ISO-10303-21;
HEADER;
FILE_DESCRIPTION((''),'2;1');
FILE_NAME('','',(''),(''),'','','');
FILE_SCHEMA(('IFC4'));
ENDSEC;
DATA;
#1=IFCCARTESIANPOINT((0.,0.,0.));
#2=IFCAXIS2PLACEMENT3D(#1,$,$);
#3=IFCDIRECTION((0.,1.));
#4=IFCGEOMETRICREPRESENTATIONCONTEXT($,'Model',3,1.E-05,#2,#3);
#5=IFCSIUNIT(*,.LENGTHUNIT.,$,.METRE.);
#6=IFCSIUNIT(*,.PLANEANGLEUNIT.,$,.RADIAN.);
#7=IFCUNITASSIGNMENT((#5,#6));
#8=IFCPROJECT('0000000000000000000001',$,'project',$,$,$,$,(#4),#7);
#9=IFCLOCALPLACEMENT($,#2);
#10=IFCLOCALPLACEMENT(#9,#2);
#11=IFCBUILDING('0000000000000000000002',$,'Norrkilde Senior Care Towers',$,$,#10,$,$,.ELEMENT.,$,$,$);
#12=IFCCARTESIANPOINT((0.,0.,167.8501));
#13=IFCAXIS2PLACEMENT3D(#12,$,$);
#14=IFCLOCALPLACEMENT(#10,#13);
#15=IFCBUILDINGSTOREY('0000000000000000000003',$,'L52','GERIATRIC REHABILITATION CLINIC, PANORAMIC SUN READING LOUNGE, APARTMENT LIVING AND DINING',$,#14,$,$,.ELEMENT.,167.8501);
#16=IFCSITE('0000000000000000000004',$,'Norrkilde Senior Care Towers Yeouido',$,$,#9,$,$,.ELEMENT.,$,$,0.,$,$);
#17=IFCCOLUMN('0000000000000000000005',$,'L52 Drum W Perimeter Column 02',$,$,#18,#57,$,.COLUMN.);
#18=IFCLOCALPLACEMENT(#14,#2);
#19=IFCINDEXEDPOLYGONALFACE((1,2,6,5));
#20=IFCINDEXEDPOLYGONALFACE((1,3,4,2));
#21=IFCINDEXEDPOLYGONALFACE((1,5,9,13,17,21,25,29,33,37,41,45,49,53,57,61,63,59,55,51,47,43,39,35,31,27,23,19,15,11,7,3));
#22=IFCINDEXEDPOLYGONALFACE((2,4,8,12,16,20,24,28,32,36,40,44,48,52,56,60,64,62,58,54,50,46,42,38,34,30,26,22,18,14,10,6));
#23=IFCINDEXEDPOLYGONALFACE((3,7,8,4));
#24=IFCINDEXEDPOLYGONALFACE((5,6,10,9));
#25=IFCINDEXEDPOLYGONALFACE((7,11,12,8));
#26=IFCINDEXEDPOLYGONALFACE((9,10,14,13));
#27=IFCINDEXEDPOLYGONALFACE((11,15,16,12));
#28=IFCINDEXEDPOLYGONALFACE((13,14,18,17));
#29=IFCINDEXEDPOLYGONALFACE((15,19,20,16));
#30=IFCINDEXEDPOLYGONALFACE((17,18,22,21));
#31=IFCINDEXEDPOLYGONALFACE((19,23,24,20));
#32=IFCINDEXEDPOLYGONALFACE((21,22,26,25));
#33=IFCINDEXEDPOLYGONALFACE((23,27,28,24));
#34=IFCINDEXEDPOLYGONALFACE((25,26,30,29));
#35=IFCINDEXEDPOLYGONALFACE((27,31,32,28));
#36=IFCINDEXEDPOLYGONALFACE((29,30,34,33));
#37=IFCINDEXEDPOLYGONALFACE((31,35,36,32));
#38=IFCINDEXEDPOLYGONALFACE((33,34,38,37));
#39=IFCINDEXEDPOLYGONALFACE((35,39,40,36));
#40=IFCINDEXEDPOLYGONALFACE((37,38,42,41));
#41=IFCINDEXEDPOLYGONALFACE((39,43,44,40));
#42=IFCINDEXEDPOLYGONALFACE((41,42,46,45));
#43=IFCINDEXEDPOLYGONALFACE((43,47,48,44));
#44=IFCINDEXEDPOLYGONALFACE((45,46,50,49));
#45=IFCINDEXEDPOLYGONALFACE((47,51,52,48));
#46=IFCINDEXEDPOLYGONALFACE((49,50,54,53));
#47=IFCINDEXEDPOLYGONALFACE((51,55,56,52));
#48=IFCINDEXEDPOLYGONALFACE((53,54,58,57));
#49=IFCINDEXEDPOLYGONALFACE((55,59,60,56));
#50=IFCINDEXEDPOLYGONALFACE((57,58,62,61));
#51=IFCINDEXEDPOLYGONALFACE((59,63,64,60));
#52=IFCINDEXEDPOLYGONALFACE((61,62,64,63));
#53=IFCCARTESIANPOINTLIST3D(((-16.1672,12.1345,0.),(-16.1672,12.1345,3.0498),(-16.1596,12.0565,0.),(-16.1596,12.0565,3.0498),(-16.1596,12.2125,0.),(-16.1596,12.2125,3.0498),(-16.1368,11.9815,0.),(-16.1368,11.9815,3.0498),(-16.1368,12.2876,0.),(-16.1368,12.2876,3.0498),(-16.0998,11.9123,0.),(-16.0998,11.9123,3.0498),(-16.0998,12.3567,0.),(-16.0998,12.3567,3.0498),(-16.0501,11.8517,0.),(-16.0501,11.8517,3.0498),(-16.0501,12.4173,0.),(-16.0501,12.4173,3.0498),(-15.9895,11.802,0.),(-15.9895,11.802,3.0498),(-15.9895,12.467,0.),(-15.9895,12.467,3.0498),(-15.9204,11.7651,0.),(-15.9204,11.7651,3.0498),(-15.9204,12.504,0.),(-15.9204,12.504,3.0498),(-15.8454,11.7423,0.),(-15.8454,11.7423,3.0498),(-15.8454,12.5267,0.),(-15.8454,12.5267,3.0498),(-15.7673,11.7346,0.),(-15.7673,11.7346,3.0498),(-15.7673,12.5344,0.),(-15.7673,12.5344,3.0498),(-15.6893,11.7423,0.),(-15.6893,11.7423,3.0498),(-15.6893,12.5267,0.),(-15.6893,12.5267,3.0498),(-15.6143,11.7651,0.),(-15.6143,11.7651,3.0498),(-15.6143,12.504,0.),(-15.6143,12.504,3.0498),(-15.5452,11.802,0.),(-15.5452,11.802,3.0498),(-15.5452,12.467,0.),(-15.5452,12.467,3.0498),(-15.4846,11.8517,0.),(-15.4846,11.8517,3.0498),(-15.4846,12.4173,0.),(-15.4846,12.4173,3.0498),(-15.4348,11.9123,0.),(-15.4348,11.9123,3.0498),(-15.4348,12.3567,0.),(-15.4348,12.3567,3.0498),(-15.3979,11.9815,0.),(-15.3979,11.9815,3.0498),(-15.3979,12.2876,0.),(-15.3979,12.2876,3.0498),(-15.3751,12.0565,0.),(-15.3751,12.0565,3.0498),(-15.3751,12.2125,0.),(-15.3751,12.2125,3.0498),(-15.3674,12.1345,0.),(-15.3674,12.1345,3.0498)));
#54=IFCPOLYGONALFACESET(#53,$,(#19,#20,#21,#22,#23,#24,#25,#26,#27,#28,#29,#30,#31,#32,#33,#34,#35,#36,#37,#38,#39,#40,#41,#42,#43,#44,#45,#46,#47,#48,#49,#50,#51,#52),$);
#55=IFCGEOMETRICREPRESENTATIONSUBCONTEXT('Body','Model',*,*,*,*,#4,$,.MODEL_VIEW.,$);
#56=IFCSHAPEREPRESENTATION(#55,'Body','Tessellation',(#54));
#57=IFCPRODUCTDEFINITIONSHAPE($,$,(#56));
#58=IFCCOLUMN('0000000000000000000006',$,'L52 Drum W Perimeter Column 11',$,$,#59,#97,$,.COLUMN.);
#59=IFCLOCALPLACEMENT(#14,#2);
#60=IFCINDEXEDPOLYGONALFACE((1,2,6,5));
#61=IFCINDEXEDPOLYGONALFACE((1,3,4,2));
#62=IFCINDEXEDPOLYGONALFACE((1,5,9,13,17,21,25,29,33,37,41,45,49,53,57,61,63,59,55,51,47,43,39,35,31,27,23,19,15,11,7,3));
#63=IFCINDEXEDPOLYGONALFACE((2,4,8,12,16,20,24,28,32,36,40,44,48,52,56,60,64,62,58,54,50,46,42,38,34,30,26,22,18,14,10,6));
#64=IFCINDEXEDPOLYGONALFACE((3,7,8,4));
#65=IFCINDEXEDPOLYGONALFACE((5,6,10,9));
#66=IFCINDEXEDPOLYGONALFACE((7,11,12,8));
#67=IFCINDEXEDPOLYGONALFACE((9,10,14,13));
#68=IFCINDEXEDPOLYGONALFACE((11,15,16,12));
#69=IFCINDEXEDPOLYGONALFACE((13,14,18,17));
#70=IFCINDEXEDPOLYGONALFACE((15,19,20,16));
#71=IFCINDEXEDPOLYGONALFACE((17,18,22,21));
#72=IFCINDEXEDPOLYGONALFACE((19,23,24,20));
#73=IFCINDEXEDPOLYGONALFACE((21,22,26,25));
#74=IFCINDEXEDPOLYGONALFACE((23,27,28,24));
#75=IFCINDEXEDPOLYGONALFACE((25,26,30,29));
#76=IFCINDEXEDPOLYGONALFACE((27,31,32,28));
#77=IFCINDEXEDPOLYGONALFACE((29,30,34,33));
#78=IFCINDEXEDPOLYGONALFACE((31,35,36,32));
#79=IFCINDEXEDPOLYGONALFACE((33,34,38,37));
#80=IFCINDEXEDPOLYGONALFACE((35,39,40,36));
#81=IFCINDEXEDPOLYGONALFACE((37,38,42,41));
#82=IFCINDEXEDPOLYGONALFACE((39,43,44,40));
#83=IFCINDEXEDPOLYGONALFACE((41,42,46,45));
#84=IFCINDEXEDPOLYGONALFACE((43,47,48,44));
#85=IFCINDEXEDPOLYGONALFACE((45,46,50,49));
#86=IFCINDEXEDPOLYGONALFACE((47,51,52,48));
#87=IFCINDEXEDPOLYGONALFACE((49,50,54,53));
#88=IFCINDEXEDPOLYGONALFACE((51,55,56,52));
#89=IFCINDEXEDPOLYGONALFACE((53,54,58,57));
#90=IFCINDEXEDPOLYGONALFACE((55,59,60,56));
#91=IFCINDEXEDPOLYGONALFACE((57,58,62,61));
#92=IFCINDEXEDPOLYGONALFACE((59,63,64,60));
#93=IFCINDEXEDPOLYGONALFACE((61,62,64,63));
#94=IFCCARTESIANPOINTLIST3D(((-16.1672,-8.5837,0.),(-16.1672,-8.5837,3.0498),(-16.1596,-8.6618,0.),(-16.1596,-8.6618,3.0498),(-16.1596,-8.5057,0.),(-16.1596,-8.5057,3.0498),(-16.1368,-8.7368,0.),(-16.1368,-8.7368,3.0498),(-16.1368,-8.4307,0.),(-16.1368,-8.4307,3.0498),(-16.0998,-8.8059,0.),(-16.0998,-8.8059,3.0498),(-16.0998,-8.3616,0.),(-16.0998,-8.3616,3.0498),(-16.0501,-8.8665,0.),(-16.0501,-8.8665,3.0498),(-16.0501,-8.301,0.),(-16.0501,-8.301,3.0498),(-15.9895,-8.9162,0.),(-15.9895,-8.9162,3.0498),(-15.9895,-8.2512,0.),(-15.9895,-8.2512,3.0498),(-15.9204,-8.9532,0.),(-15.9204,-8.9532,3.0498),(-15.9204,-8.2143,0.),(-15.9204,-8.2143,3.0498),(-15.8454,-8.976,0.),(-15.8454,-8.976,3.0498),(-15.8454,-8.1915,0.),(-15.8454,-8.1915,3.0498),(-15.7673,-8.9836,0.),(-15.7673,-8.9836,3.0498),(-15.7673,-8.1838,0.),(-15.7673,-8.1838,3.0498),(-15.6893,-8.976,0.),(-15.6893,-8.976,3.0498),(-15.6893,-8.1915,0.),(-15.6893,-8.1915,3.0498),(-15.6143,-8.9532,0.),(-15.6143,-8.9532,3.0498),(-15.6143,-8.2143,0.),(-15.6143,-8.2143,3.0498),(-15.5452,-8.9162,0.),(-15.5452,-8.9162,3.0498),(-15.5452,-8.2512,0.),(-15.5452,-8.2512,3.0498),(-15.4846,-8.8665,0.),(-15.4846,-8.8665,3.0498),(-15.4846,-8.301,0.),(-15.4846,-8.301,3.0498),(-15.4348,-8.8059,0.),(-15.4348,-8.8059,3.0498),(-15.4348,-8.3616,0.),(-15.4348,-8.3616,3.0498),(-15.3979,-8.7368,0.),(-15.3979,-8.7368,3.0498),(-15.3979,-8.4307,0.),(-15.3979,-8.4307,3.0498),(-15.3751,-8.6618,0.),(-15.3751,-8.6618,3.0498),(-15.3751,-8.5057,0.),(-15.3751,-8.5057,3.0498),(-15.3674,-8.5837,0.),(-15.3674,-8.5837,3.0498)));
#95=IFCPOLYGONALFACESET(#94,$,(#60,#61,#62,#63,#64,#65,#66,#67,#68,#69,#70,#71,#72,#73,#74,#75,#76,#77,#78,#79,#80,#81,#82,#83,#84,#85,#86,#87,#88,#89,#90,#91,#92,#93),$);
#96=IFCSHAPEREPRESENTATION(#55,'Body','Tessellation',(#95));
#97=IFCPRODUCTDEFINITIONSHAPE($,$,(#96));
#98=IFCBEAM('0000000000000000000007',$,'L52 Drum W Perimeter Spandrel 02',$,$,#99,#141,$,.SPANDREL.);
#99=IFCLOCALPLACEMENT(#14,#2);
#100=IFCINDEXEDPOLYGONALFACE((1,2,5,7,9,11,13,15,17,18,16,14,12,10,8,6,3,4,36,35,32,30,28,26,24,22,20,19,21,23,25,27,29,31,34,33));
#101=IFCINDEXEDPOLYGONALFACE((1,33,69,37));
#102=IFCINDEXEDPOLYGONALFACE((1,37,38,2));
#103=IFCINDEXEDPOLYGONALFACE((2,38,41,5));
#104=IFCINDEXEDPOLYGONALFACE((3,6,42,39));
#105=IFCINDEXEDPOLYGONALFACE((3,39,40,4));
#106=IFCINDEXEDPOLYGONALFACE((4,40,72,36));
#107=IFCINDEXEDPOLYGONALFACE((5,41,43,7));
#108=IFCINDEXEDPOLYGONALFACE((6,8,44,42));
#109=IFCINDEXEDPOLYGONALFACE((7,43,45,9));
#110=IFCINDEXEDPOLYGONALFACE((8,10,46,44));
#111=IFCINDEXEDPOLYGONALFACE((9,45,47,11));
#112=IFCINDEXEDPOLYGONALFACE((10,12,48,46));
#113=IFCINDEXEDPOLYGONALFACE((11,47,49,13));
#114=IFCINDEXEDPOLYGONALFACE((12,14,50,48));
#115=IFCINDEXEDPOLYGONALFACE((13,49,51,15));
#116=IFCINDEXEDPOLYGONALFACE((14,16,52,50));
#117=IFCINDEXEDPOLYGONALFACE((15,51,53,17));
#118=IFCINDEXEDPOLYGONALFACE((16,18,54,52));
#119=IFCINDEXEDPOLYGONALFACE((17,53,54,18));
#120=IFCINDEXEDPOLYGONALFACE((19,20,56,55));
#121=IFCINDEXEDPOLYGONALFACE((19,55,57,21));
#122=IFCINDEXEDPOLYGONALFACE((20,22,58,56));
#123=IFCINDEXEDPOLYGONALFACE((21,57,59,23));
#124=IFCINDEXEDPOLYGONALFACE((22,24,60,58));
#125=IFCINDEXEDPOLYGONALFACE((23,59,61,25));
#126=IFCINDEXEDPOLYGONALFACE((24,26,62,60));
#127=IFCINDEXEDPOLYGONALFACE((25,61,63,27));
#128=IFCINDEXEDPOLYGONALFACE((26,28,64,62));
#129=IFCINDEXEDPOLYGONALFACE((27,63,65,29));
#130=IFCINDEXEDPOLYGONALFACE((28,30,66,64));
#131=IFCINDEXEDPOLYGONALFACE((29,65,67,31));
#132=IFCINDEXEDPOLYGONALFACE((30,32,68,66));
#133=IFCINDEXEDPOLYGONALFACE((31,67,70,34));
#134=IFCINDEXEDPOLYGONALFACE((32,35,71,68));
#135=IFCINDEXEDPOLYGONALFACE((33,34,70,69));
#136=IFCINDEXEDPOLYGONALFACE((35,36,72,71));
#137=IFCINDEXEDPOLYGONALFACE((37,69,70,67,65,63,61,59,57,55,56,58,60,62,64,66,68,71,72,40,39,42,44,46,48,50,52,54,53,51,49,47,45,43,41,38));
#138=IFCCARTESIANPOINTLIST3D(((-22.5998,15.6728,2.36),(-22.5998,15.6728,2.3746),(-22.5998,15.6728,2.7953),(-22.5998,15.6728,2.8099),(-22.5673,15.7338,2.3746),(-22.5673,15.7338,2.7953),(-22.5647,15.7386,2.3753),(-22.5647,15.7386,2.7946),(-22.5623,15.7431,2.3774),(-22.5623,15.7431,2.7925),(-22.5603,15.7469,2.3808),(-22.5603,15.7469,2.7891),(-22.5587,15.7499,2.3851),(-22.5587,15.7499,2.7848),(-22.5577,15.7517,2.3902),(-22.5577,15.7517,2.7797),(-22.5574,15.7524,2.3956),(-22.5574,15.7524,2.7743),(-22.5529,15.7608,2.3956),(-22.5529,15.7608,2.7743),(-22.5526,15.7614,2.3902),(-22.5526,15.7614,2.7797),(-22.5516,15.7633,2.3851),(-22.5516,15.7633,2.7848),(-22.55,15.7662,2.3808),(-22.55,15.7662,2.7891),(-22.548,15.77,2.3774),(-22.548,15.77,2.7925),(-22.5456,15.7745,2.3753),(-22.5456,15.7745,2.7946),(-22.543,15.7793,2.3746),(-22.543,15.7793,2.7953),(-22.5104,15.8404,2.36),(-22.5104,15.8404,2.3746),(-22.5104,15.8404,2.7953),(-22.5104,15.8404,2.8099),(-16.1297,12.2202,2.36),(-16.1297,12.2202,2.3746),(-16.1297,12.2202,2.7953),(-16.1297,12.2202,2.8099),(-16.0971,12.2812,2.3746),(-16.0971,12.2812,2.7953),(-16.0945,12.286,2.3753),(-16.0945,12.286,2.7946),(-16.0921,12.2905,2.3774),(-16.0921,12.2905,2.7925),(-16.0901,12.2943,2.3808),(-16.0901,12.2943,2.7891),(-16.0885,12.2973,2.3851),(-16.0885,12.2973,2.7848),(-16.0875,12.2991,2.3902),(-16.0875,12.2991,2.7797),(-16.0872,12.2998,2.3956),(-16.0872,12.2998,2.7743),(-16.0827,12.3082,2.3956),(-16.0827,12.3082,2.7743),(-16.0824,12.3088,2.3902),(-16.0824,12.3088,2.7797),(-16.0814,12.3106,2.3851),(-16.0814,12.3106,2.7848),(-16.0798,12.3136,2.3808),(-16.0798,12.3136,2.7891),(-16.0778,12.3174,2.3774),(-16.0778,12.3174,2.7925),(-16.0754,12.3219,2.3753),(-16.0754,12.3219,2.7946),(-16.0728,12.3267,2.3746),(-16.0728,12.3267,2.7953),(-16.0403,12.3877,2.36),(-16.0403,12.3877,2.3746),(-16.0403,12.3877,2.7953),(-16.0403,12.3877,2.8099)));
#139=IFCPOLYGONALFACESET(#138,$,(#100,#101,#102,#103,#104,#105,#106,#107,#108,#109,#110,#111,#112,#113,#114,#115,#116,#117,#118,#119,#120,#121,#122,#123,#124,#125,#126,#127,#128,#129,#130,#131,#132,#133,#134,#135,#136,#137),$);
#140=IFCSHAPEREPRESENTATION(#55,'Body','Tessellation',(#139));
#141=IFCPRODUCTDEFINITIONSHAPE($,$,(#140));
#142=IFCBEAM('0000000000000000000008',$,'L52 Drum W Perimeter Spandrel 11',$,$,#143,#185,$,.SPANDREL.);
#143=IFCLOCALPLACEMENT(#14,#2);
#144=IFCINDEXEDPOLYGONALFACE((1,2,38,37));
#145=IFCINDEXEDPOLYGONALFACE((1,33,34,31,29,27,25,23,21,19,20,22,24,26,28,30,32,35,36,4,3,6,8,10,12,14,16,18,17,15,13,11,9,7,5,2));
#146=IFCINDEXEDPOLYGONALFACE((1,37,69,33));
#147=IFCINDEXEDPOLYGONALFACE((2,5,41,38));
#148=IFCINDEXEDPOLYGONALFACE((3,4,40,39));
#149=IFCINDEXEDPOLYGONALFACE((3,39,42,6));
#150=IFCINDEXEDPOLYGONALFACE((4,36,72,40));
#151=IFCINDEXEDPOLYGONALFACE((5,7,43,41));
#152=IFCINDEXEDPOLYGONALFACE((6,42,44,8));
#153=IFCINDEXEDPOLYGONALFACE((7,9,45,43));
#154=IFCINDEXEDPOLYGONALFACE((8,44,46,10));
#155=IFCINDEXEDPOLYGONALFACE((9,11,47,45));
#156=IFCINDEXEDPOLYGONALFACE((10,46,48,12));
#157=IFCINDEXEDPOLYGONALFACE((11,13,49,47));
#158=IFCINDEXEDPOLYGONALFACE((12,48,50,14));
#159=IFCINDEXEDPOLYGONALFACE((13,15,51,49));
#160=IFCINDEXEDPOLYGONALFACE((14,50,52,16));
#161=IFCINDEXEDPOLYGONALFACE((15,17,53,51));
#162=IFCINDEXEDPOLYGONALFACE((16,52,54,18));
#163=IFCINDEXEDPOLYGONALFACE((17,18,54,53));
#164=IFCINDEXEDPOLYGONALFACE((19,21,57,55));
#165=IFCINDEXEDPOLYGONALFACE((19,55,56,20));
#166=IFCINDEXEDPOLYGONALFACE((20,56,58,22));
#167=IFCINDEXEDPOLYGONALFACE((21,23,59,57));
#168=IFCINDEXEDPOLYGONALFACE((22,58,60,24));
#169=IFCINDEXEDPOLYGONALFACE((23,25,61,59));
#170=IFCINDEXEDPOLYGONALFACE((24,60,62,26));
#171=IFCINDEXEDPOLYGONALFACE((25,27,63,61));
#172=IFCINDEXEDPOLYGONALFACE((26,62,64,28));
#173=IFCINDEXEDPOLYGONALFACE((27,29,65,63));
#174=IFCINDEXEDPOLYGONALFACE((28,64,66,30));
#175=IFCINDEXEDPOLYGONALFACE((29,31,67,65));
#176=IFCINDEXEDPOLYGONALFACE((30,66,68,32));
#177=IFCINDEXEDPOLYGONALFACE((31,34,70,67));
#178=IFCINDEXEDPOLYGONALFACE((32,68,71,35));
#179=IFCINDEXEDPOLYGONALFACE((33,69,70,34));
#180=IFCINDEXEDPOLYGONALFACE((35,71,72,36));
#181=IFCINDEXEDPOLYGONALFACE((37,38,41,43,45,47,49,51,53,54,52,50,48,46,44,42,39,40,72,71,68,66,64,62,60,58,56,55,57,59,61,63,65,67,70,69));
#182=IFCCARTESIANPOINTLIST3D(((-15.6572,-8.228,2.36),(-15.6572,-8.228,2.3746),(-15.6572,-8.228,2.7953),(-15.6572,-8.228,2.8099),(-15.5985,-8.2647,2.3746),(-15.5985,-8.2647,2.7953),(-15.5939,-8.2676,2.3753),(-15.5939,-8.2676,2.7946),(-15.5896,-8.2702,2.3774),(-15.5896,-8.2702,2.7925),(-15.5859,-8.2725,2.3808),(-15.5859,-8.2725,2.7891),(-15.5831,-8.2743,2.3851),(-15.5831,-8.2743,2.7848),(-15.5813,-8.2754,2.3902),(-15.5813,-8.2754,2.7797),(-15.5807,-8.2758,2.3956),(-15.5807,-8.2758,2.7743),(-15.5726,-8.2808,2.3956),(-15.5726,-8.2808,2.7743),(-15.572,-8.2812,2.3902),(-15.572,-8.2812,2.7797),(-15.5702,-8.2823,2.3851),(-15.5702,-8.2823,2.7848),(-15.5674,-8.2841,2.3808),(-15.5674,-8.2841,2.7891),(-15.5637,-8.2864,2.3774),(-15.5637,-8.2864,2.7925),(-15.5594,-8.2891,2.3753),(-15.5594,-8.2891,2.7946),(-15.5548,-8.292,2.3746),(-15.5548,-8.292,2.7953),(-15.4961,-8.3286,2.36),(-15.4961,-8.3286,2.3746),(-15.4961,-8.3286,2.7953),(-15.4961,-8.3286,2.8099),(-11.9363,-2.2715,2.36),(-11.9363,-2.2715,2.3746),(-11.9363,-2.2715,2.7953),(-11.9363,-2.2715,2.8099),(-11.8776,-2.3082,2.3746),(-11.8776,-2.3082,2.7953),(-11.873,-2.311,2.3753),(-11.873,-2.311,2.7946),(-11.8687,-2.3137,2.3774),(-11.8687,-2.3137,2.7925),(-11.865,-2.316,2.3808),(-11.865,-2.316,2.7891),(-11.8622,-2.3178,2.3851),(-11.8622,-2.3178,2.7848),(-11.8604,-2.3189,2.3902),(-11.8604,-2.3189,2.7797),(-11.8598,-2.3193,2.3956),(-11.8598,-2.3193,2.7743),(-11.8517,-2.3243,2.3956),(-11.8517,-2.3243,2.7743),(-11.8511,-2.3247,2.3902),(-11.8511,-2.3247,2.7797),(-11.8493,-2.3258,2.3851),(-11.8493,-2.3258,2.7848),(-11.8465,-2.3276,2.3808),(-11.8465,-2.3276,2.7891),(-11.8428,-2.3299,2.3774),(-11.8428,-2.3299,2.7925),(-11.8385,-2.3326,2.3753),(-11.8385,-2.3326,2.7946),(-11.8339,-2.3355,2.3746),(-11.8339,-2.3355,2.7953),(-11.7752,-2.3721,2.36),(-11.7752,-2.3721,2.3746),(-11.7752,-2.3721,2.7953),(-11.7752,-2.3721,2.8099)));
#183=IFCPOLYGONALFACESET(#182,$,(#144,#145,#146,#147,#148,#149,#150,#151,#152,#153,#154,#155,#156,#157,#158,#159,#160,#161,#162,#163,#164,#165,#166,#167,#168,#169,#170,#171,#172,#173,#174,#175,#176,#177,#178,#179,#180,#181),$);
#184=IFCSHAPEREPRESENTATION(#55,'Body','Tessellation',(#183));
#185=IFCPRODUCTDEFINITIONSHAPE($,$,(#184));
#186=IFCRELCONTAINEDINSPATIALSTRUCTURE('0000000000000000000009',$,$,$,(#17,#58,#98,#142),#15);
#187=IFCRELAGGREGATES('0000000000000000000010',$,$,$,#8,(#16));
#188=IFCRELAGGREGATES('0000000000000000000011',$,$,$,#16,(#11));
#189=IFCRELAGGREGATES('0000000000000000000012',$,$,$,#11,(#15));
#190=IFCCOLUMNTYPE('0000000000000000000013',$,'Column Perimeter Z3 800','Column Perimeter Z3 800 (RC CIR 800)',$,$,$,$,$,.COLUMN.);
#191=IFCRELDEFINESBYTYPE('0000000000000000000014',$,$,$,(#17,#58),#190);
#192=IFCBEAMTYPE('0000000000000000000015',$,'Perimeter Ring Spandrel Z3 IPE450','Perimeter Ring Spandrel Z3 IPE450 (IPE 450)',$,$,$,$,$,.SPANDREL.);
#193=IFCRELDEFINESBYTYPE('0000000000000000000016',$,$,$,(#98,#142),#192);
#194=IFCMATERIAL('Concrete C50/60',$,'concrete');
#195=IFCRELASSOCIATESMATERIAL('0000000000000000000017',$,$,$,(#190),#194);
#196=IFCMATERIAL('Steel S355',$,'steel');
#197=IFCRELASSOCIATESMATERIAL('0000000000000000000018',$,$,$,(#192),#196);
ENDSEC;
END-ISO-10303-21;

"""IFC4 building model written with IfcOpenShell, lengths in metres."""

from ifc_helpers import new_model, si_unit, direction, frame, origin, origin_2d, place, context, subcontext, project, spatial, circle, i_section, extrude, source, transform, mapped, material, material_profile, profile_set, type_object, type_shapes, element, save


model = new_model("IFC4")

# Units and contexts
model_context = context("Model", 3, precision=1e-05, world=origin(), true_north=direction((0.0, 1.0)))
body_context = subcontext(model_context, "Body", "Model", "MODEL_VIEW")
ifc_project = project(units=[si_unit("LENGTHUNIT", "METRE"), si_unit("PLANEANGLEUNIT", "RADIAN")], contexts=[model_context])

# Site, building, storey
site_placement = place(None, origin())
site = spatial("IfcSite", under=ifc_project, at=site_placement, Name="Norrkilde Senior Care Towers Yeouido", CompositionType="ELEMENT", RefElevation=0.0)
building_placement = place(site_placement, origin())
building = spatial("IfcBuilding", under=site, at=building_placement, Name="Norrkilde Senior Care Towers", CompositionType="ELEMENT")
storey_placement = place(building_placement, frame((0.0, 0.0, 167.8501)))
storey = spatial("IfcBuildingStorey", under=building, at=storey_placement, Name="L52", Description="GERIATRIC REHABILITATION CLINIC, PANORAMIC SUN READING LOUNGE, APARTMENT LIVING AND DINING", CompositionType="ELEMENT", Elevation=167.8501)

# Columns
ifc_material_1 = material(Name="Concrete C50/60", Category="concrete")
ifc_material_profile_1 = material_profile(ifc_material_1, circle(Radius=0.3999, at=origin_2d()), Name="RC CIR 800")
ifc_profile_set_1 = profile_set([ifc_material_profile_1], Name="Concrete C50/60")
column_type = type_object("IfcColumnType", Name="Column Perimeter Z3 800", Description="Column Perimeter Z3 800 (RC CIR 800)", PredefinedType="COLUMN", material=ifc_profile_set_1)
shared_shape_1 = source(origin(), body_context, "Body", "SweptSolid", [
    extrude(circle(Radius=0.3999, at=origin_2d()), origin(), (0.0, 0.0, 1.0), 3.0498),
])
type_shapes(column_type, [shared_shape_1])
for number, where, z_axis, x_axis, name in (
    (1, (-15.7673, 12.1345, 0.0), (0.0, 0.0, 1.0), (1.0, 0.0, 0.0), "L52 Drum W Perimeter Column 02"),
    (2, (-15.7673, -8.5837, 0.0), (0.0, 0.0, 1.0), (1.0, 0.0, 0.0), "L52 Drum W Perimeter Column 11"),
):
    element("IfcColumn", number, at=place(storey_placement, frame(where, z_axis=z_axis, x_axis=x_axis)), inside=storey, type_object=column_type, Name=name, PredefinedType="COLUMN", context=body_context, shape_type="MappedRepresentation", body=[
        mapped(shared_shape_1, transform((0.0, 0.0, 0.0), x_axis=(1.0, 0.0, 0.0), y_axis=(0.0, 1.0, 0.0), z_axis=(0.0, 0.0, 1.0), scale=1.0)),
    ])

# Beams
ifc_material_2 = material(Name="Steel S355", Category="steel")
ifc_material_profile_2 = material_profile(ifc_material_2, i_section(OverallWidth=0.1899, OverallDepth=0.45, WebThickness=0.0095, FlangeThickness=0.0146, FilletRadius=0.021, at=origin_2d()), Name="IPE 450")
ifc_profile_set_2 = profile_set([ifc_material_profile_2], Name="Steel S355")
beam_type_1 = type_object("IfcBeamType", Name="Perimeter Ring Spandrel Z3 IPE450", Description="Perimeter Ring Spandrel Z3 IPE450 (IPE 450)", PredefinedType="SPANDREL", material=ifc_profile_set_2)
shared_shape_2 = source(origin(), body_context, "Body", "SweptSolid", [
    extrude(i_section(OverallWidth=0.1899, OverallDepth=0.45, WebThickness=0.0095, FlangeThickness=0.0146, FilletRadius=0.021, at=origin_2d()), origin(), (0.0, 0.0, 1.0), 7.3337),
])
beam_1_placement = place(storey_placement, frame((-16.085, 12.304, 2.585), z_axis=(-0.882248, 0.470785, 0.0), x_axis=(-0.470785, -0.882248, 0.0)))
element("IfcBeam", 3, at=beam_1_placement, inside=storey, type_object=beam_type_1, Name="L52 Drum W Perimeter Spandrel 02", PredefinedType="SPANDREL", context=body_context, shape_type="MappedRepresentation", body=[
    mapped(shared_shape_2, transform((0.0, 0.0, 0.0), x_axis=(1.0, 0.0, 0.0), y_axis=(0.0, 1.0, 0.0), z_axis=(0.0, 0.0, 1.0), scale=1.0)),
])
shared_shape_3 = source(origin(), body_context, "Body", "SweptSolid", [
    extrude(i_section(OverallWidth=0.1899, OverallDepth=0.45, WebThickness=0.0095, FlangeThickness=0.0146, FilletRadius=0.021, at=origin_2d()), origin(), (0.0, 0.0, 1.0), 7.0232),
])
type_shapes(beam_type_1, [shared_shape_2, shared_shape_3])
beam_2_placement = place(storey_placement, frame((-15.5767, -8.2783, 2.585), z_axis=(0.529805, 0.848119, 0.0), x_axis=(-0.848119, 0.529805, 0.0)))
element("IfcBeam", 4, at=beam_2_placement, inside=storey, type_object=beam_type_1, Name="L52 Drum W Perimeter Spandrel 11", PredefinedType="SPANDREL", context=body_context, shape_type="MappedRepresentation", body=[
    mapped(shared_shape_3, transform((0.0, 0.0, 0.0), x_axis=(1.0, 0.0, 0.0), y_axis=(0.0, 1.0, 0.0), z_axis=(0.0, 0.0, 1.0), scale=1.0)),
])

save(model, "model.ifc")
